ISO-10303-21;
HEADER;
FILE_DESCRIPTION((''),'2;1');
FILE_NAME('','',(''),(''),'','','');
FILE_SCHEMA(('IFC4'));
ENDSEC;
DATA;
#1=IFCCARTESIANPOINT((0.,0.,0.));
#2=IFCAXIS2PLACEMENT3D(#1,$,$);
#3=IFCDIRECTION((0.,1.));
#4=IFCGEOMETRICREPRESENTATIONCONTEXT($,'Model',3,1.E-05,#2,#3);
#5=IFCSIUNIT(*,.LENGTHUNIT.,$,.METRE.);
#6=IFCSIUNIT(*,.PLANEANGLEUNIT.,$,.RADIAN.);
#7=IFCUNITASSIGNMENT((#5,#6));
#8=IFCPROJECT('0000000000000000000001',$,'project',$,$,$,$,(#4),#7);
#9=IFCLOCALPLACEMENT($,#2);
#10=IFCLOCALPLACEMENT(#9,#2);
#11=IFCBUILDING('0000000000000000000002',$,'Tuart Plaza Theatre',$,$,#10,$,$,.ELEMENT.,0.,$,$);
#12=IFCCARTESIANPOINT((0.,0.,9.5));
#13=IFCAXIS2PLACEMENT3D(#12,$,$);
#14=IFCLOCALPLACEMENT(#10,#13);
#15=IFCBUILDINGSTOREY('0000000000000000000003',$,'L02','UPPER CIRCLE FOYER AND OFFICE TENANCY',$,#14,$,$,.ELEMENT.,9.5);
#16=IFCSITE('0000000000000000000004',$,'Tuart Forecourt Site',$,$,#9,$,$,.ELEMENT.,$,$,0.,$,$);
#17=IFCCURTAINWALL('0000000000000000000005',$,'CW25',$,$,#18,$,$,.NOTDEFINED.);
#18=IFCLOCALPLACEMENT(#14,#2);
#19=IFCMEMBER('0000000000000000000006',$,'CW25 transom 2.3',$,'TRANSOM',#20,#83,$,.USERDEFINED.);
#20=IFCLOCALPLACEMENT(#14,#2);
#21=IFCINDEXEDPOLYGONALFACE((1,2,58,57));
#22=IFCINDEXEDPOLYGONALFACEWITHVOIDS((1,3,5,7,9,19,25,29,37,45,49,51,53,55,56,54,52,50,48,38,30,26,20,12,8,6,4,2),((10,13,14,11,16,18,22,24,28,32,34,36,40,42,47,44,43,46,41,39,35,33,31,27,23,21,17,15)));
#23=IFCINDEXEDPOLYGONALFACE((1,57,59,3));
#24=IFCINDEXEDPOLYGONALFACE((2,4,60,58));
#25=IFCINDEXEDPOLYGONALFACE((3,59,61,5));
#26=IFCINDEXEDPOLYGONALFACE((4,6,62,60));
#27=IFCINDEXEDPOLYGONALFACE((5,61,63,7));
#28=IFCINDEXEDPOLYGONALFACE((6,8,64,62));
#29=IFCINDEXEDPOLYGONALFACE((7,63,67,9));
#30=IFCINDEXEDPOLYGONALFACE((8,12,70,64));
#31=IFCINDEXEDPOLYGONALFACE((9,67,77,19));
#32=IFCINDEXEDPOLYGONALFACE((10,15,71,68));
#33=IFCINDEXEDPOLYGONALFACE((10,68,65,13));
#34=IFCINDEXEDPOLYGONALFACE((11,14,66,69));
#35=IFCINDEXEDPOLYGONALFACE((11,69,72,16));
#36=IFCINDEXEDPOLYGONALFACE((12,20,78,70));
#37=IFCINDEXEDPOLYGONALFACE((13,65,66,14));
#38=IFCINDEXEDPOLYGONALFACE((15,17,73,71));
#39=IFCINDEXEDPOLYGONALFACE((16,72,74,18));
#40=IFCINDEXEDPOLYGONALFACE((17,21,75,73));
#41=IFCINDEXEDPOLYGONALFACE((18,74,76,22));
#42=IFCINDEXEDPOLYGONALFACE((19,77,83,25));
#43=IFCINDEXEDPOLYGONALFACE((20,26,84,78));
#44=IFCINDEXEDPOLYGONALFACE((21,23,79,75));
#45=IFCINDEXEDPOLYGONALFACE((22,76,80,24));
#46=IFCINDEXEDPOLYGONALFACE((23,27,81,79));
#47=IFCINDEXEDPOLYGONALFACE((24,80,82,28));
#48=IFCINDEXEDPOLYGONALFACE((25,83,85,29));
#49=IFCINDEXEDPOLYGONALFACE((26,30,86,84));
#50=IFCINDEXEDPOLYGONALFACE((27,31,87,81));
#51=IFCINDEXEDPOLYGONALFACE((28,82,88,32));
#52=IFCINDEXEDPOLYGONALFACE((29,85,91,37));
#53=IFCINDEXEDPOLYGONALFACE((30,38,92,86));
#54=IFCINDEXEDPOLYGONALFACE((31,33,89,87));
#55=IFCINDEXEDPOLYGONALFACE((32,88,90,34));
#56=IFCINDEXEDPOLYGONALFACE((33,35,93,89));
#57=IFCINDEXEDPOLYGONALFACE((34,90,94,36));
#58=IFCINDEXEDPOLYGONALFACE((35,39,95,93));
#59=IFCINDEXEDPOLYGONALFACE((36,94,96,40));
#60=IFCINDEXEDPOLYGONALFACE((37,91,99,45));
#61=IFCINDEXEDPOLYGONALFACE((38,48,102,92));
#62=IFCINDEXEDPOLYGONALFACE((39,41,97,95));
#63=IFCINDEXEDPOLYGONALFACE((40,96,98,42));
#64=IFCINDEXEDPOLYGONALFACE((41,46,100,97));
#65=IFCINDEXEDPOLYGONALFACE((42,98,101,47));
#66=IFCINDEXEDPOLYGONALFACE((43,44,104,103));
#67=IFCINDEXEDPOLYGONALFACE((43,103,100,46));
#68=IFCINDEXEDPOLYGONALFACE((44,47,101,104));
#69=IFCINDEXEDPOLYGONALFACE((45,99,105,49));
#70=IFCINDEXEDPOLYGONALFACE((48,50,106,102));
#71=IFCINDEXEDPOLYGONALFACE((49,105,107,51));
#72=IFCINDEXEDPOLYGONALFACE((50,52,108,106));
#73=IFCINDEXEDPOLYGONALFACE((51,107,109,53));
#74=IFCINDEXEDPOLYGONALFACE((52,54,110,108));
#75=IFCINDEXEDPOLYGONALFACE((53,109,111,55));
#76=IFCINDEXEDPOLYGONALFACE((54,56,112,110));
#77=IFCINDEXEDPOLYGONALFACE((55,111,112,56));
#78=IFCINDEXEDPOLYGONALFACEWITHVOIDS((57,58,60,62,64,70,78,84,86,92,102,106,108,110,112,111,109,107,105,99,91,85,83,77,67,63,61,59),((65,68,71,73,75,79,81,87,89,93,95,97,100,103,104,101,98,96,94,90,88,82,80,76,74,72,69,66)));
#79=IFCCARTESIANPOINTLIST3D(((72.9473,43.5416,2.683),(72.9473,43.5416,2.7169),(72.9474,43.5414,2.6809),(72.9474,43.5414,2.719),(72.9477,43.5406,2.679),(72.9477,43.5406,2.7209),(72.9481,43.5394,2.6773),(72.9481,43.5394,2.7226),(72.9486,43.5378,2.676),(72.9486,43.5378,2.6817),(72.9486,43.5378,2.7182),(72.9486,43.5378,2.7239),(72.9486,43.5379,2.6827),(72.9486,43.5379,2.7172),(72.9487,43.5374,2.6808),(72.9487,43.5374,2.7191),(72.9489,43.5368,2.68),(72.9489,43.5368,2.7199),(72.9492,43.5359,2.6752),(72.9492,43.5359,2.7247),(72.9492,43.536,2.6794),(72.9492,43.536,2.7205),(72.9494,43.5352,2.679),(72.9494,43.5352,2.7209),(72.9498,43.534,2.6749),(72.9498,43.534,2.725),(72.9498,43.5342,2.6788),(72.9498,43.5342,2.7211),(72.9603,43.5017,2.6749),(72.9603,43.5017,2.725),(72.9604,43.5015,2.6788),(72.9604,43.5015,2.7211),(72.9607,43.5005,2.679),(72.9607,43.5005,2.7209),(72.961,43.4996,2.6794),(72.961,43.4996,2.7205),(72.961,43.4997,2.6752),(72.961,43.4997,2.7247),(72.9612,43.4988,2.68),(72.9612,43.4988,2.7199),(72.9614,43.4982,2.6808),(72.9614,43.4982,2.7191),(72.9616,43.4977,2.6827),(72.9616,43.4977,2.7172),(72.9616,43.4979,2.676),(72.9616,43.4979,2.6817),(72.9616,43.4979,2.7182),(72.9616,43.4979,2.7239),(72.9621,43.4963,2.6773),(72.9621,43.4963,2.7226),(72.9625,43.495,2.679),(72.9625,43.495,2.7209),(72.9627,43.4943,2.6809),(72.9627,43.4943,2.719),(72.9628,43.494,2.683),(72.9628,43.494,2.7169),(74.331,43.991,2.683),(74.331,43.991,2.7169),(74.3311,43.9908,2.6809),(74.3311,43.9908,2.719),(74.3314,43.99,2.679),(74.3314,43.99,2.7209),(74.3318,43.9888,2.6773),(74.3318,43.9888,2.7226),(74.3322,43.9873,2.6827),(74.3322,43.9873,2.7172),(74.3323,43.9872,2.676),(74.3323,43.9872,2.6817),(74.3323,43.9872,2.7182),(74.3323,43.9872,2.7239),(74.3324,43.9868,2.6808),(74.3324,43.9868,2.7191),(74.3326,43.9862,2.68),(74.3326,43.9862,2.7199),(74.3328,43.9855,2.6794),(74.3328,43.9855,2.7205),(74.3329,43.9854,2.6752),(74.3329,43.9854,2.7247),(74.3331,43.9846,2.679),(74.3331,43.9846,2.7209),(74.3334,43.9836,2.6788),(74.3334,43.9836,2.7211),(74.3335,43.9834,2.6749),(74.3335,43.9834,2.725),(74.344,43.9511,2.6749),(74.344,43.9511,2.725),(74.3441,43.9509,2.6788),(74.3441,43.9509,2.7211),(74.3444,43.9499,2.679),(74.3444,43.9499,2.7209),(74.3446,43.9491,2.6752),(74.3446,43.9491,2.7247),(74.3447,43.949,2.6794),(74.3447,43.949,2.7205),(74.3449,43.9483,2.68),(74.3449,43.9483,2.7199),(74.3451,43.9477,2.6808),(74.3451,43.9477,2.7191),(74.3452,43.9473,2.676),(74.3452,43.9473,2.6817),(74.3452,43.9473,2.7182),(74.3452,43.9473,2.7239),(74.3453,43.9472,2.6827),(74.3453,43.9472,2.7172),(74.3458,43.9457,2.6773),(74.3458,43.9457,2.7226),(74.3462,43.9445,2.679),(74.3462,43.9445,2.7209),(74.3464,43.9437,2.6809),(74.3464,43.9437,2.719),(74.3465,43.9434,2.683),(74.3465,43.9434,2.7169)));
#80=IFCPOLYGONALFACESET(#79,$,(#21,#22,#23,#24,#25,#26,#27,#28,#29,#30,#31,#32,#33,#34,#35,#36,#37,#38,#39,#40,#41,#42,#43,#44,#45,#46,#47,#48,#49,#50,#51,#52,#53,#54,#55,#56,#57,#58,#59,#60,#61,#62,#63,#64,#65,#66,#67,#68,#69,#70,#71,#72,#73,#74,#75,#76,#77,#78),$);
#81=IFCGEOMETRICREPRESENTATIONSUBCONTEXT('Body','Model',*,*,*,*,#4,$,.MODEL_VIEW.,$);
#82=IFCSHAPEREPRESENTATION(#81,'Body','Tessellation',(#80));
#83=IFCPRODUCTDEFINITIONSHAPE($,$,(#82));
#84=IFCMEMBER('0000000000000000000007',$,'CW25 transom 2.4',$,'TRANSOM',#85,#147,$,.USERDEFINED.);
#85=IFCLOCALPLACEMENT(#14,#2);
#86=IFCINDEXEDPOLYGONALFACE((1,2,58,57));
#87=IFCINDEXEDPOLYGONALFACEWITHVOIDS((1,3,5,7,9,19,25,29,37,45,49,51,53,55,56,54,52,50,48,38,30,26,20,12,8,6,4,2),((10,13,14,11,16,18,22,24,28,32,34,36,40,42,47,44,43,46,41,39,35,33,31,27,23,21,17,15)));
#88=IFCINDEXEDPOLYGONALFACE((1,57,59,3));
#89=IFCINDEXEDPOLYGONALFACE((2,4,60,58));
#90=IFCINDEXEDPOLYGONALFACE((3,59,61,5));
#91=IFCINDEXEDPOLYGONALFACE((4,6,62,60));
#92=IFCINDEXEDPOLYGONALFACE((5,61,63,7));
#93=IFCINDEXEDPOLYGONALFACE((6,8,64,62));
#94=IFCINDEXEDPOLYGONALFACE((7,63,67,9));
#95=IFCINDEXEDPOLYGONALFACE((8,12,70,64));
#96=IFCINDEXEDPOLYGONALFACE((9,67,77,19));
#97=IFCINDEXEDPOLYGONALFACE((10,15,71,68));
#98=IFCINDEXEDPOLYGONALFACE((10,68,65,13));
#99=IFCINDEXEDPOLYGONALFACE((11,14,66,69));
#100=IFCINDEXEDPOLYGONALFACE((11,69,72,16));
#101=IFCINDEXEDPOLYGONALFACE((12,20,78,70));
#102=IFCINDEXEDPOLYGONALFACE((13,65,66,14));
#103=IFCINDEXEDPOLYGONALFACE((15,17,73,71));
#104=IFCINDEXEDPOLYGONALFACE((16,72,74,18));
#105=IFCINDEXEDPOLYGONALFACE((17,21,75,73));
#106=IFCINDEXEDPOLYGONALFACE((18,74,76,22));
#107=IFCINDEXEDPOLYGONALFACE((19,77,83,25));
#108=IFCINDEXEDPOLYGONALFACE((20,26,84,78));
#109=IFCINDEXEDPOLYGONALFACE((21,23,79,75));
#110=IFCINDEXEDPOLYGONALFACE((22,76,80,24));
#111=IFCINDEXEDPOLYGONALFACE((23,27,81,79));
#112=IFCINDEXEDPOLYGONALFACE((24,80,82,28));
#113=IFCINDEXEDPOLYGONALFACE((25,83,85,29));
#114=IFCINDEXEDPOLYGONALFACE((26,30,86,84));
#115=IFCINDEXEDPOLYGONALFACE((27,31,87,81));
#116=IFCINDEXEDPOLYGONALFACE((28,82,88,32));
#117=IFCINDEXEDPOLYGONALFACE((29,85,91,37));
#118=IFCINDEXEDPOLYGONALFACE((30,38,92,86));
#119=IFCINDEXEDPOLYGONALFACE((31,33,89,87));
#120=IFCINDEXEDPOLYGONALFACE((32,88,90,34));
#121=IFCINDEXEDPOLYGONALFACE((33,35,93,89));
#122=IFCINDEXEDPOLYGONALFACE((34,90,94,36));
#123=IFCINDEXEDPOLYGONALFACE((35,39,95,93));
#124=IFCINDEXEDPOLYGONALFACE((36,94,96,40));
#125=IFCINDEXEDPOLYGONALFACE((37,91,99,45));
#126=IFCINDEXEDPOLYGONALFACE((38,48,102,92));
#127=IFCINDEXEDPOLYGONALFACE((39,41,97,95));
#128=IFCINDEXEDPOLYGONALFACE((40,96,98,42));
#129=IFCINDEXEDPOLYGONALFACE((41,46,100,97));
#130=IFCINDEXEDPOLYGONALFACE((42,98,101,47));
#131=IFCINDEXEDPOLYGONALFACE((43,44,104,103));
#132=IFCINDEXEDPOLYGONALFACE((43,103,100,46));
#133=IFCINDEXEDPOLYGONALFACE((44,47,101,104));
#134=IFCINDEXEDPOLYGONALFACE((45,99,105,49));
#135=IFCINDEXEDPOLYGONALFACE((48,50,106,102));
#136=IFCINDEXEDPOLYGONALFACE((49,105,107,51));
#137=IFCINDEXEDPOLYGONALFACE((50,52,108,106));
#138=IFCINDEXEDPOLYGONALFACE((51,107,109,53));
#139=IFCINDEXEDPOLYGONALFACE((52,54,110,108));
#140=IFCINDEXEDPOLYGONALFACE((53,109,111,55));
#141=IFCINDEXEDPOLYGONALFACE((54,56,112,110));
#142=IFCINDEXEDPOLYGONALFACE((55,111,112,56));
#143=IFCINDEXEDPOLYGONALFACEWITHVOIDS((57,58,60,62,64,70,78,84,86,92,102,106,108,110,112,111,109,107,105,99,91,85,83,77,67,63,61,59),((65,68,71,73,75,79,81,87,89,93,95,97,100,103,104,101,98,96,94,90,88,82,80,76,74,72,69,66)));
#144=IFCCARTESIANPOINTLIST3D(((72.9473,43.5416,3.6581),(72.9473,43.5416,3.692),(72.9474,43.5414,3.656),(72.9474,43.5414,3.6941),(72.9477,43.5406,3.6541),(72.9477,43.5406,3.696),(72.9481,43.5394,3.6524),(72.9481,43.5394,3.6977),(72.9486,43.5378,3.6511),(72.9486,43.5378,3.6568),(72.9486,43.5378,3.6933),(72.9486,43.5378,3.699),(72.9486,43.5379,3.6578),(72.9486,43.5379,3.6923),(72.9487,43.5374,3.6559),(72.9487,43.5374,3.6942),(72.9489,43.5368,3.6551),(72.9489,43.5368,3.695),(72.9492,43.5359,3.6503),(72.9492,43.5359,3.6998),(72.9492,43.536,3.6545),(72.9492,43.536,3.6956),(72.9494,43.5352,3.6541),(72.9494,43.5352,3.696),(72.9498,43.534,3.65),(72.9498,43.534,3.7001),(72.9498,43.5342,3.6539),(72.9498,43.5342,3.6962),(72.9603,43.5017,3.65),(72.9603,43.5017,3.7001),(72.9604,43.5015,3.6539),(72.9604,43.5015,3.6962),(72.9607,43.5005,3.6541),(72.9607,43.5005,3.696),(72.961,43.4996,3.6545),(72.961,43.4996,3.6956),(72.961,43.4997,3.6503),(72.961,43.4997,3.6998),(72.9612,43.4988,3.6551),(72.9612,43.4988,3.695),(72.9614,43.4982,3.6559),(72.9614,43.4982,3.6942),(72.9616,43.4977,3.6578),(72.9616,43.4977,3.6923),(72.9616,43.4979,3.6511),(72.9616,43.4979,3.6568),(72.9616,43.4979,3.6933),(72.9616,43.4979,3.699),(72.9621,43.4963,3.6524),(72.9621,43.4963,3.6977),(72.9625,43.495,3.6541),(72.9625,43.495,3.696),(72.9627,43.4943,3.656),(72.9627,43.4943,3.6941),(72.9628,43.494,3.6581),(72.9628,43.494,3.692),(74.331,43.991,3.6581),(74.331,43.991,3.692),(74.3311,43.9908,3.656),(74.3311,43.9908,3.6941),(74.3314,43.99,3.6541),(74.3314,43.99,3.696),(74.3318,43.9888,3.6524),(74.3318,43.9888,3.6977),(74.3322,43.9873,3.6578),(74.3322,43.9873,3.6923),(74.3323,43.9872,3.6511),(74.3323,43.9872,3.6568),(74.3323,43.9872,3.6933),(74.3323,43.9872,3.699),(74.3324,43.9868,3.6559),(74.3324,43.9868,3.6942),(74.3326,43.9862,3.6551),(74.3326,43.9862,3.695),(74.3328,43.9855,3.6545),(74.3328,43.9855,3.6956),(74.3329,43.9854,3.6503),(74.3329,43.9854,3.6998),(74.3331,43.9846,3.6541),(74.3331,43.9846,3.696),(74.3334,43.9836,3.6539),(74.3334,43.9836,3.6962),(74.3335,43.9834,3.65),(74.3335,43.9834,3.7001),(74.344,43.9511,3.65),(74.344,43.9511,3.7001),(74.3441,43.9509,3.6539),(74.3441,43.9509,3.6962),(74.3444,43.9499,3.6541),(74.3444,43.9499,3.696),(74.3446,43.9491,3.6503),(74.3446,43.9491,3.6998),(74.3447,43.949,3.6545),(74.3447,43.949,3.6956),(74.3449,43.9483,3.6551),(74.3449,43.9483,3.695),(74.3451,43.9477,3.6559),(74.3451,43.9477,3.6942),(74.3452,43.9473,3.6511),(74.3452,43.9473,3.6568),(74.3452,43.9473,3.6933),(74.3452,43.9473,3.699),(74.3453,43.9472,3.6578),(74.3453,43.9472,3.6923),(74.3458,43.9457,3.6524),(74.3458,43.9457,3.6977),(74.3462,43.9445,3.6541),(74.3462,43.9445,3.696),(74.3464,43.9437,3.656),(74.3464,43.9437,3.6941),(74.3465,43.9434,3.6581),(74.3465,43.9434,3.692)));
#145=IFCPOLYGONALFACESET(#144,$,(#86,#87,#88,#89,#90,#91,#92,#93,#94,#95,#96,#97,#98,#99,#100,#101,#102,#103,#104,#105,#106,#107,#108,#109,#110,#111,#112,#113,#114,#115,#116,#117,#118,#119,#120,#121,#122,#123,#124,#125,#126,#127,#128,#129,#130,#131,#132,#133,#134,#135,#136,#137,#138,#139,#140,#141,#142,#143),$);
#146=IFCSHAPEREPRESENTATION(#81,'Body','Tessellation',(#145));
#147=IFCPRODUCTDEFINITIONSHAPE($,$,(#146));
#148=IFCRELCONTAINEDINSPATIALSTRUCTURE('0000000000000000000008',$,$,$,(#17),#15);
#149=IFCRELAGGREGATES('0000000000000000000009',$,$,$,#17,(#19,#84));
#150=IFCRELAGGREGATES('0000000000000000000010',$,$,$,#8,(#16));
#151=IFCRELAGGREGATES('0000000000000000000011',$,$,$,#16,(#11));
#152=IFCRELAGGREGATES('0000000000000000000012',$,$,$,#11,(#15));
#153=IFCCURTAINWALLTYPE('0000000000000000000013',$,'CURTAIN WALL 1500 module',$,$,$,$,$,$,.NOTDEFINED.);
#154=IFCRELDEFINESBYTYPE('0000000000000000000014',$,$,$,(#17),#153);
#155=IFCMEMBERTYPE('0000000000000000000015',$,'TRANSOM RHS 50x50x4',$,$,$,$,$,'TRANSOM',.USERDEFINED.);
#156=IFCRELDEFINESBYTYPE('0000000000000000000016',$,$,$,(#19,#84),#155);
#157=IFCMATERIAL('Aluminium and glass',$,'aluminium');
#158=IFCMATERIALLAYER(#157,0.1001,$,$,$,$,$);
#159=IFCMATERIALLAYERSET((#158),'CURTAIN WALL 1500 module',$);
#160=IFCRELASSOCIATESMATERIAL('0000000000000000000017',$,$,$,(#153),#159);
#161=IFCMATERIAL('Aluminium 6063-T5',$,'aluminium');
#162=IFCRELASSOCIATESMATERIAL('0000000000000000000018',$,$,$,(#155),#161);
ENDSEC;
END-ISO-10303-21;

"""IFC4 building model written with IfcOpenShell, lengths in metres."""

from ifc_helpers import new_model, si_unit, direction, frame, origin, origin_2d, place, context, subcontext, project, spatial, hollow_rectangle, extrude, material, layer, layer_set, material_profile, profile_set, type_object, element, aggregate, save


model = new_model("IFC4")

# Units and contexts
model_context = context("Model", 3, precision=1e-05, world=origin(), true_north=direction((0.0, 1.0)))
body_context = subcontext(model_context, "Body", "Model", "MODEL_VIEW")
ifc_project = project(units=[si_unit("LENGTHUNIT", "METRE"), si_unit("PLANEANGLEUNIT", "RADIAN")], contexts=[model_context])

# Site, building, storey
site_placement = place(None, origin())
site = spatial("IfcSite", under=ifc_project, at=site_placement, Name="Tuart Forecourt Site", CompositionType="ELEMENT", RefElevation=0.0)
building_placement = place(site_placement, origin())
building = spatial("IfcBuilding", under=site, at=building_placement, Name="Tuart Plaza Theatre", CompositionType="ELEMENT", ElevationOfRefHeight=0.0)
storey_placement = place(building_placement, frame((0.0, 0.0, 9.5)))
storey = spatial("IfcBuildingStorey", under=building, at=storey_placement, Name="L02", Description="UPPER CIRCLE FOYER AND OFFICE TENANCY", CompositionType="ELEMENT", Elevation=9.5)

# Curtain wall, members
ifc_material_1 = material(Name="Aluminium and glass", Category="aluminium")
ifc_layer_1 = layer(ifc_material_1, 0.1001)
ifc_layer_set_1 = layer_set([ifc_layer_1], Name="CURTAIN WALL 1500 module")
curtain_wall_type = type_object("IfcCurtainWallType", Name="CURTAIN WALL 1500 module", PredefinedType="NOTDEFINED", material=ifc_layer_set_1)
curtain_wall_placement = place(storey_placement, origin())
curtain_wall = element("IfcCurtainWall", 1, at=curtain_wall_placement, inside=storey, type_object=curtain_wall_type, Name="CW25", PredefinedType="NOTDEFINED")
ifc_material_2 = material(Name="Aluminium 6063-T5", Category="aluminium")
ifc_material_profile_1 = material_profile(ifc_material_2, hollow_rectangle(XDim=0.05, YDim=0.05, WallThickness=0.0039, InnerFilletRadius=0.0039, OuterFilletRadius=0.0081, at=origin_2d()), Name="RHS 50x50x4")
ifc_profile_set_1 = profile_set([ifc_material_profile_1], Name="Aluminium 6063-T5")
member_type_1 = type_object("IfcMemberType", Name="TRANSOM RHS 50x50x4", ElementType="TRANSOM", PredefinedType="USERDEFINED", material=ifc_profile_set_1)
member_1_placement = place(storey_placement, frame((72.9551, 43.5178, 2.7), z_axis=(0.951088, 0.308919, 0.0), x_axis=(-0.308919, 0.951088, 0.0)))
member_1 = element("IfcMember", 2, at=member_1_placement, type_object=member_type_1, Name="CW25 transom 2.3", ObjectType="TRANSOM", PredefinedType="USERDEFINED", context=body_context, shape_type="SweptSolid", body=[
    extrude(hollow_rectangle(XDim=0.05, YDim=0.05, WallThickness=0.0039, InnerFilletRadius=0.0039, OuterFilletRadius=0.0081, at=origin_2d()), origin(), (0.0, 0.0, 1.0), 1.4548),
])
member_2_placement = place(storey_placement, frame((72.9551, 43.5178, 3.675), z_axis=(0.951088, 0.308919, 0.0), x_axis=(-0.308919, 0.951088, 0.0)))
member_2 = element("IfcMember", 3, at=member_2_placement, type_object=member_type_1, Name="CW25 transom 2.4", ObjectType="TRANSOM", PredefinedType="USERDEFINED", context=body_context, shape_type="SweptSolid", body=[
    extrude(hollow_rectangle(XDim=0.05, YDim=0.05, WallThickness=0.0039, InnerFilletRadius=0.0039, OuterFilletRadius=0.0081, at=origin_2d()), origin(), (0.0, 0.0, 1.0), 1.4548),
])
aggregate(curtain_wall, [member_1, member_2])

save(model, "model.ifc")
